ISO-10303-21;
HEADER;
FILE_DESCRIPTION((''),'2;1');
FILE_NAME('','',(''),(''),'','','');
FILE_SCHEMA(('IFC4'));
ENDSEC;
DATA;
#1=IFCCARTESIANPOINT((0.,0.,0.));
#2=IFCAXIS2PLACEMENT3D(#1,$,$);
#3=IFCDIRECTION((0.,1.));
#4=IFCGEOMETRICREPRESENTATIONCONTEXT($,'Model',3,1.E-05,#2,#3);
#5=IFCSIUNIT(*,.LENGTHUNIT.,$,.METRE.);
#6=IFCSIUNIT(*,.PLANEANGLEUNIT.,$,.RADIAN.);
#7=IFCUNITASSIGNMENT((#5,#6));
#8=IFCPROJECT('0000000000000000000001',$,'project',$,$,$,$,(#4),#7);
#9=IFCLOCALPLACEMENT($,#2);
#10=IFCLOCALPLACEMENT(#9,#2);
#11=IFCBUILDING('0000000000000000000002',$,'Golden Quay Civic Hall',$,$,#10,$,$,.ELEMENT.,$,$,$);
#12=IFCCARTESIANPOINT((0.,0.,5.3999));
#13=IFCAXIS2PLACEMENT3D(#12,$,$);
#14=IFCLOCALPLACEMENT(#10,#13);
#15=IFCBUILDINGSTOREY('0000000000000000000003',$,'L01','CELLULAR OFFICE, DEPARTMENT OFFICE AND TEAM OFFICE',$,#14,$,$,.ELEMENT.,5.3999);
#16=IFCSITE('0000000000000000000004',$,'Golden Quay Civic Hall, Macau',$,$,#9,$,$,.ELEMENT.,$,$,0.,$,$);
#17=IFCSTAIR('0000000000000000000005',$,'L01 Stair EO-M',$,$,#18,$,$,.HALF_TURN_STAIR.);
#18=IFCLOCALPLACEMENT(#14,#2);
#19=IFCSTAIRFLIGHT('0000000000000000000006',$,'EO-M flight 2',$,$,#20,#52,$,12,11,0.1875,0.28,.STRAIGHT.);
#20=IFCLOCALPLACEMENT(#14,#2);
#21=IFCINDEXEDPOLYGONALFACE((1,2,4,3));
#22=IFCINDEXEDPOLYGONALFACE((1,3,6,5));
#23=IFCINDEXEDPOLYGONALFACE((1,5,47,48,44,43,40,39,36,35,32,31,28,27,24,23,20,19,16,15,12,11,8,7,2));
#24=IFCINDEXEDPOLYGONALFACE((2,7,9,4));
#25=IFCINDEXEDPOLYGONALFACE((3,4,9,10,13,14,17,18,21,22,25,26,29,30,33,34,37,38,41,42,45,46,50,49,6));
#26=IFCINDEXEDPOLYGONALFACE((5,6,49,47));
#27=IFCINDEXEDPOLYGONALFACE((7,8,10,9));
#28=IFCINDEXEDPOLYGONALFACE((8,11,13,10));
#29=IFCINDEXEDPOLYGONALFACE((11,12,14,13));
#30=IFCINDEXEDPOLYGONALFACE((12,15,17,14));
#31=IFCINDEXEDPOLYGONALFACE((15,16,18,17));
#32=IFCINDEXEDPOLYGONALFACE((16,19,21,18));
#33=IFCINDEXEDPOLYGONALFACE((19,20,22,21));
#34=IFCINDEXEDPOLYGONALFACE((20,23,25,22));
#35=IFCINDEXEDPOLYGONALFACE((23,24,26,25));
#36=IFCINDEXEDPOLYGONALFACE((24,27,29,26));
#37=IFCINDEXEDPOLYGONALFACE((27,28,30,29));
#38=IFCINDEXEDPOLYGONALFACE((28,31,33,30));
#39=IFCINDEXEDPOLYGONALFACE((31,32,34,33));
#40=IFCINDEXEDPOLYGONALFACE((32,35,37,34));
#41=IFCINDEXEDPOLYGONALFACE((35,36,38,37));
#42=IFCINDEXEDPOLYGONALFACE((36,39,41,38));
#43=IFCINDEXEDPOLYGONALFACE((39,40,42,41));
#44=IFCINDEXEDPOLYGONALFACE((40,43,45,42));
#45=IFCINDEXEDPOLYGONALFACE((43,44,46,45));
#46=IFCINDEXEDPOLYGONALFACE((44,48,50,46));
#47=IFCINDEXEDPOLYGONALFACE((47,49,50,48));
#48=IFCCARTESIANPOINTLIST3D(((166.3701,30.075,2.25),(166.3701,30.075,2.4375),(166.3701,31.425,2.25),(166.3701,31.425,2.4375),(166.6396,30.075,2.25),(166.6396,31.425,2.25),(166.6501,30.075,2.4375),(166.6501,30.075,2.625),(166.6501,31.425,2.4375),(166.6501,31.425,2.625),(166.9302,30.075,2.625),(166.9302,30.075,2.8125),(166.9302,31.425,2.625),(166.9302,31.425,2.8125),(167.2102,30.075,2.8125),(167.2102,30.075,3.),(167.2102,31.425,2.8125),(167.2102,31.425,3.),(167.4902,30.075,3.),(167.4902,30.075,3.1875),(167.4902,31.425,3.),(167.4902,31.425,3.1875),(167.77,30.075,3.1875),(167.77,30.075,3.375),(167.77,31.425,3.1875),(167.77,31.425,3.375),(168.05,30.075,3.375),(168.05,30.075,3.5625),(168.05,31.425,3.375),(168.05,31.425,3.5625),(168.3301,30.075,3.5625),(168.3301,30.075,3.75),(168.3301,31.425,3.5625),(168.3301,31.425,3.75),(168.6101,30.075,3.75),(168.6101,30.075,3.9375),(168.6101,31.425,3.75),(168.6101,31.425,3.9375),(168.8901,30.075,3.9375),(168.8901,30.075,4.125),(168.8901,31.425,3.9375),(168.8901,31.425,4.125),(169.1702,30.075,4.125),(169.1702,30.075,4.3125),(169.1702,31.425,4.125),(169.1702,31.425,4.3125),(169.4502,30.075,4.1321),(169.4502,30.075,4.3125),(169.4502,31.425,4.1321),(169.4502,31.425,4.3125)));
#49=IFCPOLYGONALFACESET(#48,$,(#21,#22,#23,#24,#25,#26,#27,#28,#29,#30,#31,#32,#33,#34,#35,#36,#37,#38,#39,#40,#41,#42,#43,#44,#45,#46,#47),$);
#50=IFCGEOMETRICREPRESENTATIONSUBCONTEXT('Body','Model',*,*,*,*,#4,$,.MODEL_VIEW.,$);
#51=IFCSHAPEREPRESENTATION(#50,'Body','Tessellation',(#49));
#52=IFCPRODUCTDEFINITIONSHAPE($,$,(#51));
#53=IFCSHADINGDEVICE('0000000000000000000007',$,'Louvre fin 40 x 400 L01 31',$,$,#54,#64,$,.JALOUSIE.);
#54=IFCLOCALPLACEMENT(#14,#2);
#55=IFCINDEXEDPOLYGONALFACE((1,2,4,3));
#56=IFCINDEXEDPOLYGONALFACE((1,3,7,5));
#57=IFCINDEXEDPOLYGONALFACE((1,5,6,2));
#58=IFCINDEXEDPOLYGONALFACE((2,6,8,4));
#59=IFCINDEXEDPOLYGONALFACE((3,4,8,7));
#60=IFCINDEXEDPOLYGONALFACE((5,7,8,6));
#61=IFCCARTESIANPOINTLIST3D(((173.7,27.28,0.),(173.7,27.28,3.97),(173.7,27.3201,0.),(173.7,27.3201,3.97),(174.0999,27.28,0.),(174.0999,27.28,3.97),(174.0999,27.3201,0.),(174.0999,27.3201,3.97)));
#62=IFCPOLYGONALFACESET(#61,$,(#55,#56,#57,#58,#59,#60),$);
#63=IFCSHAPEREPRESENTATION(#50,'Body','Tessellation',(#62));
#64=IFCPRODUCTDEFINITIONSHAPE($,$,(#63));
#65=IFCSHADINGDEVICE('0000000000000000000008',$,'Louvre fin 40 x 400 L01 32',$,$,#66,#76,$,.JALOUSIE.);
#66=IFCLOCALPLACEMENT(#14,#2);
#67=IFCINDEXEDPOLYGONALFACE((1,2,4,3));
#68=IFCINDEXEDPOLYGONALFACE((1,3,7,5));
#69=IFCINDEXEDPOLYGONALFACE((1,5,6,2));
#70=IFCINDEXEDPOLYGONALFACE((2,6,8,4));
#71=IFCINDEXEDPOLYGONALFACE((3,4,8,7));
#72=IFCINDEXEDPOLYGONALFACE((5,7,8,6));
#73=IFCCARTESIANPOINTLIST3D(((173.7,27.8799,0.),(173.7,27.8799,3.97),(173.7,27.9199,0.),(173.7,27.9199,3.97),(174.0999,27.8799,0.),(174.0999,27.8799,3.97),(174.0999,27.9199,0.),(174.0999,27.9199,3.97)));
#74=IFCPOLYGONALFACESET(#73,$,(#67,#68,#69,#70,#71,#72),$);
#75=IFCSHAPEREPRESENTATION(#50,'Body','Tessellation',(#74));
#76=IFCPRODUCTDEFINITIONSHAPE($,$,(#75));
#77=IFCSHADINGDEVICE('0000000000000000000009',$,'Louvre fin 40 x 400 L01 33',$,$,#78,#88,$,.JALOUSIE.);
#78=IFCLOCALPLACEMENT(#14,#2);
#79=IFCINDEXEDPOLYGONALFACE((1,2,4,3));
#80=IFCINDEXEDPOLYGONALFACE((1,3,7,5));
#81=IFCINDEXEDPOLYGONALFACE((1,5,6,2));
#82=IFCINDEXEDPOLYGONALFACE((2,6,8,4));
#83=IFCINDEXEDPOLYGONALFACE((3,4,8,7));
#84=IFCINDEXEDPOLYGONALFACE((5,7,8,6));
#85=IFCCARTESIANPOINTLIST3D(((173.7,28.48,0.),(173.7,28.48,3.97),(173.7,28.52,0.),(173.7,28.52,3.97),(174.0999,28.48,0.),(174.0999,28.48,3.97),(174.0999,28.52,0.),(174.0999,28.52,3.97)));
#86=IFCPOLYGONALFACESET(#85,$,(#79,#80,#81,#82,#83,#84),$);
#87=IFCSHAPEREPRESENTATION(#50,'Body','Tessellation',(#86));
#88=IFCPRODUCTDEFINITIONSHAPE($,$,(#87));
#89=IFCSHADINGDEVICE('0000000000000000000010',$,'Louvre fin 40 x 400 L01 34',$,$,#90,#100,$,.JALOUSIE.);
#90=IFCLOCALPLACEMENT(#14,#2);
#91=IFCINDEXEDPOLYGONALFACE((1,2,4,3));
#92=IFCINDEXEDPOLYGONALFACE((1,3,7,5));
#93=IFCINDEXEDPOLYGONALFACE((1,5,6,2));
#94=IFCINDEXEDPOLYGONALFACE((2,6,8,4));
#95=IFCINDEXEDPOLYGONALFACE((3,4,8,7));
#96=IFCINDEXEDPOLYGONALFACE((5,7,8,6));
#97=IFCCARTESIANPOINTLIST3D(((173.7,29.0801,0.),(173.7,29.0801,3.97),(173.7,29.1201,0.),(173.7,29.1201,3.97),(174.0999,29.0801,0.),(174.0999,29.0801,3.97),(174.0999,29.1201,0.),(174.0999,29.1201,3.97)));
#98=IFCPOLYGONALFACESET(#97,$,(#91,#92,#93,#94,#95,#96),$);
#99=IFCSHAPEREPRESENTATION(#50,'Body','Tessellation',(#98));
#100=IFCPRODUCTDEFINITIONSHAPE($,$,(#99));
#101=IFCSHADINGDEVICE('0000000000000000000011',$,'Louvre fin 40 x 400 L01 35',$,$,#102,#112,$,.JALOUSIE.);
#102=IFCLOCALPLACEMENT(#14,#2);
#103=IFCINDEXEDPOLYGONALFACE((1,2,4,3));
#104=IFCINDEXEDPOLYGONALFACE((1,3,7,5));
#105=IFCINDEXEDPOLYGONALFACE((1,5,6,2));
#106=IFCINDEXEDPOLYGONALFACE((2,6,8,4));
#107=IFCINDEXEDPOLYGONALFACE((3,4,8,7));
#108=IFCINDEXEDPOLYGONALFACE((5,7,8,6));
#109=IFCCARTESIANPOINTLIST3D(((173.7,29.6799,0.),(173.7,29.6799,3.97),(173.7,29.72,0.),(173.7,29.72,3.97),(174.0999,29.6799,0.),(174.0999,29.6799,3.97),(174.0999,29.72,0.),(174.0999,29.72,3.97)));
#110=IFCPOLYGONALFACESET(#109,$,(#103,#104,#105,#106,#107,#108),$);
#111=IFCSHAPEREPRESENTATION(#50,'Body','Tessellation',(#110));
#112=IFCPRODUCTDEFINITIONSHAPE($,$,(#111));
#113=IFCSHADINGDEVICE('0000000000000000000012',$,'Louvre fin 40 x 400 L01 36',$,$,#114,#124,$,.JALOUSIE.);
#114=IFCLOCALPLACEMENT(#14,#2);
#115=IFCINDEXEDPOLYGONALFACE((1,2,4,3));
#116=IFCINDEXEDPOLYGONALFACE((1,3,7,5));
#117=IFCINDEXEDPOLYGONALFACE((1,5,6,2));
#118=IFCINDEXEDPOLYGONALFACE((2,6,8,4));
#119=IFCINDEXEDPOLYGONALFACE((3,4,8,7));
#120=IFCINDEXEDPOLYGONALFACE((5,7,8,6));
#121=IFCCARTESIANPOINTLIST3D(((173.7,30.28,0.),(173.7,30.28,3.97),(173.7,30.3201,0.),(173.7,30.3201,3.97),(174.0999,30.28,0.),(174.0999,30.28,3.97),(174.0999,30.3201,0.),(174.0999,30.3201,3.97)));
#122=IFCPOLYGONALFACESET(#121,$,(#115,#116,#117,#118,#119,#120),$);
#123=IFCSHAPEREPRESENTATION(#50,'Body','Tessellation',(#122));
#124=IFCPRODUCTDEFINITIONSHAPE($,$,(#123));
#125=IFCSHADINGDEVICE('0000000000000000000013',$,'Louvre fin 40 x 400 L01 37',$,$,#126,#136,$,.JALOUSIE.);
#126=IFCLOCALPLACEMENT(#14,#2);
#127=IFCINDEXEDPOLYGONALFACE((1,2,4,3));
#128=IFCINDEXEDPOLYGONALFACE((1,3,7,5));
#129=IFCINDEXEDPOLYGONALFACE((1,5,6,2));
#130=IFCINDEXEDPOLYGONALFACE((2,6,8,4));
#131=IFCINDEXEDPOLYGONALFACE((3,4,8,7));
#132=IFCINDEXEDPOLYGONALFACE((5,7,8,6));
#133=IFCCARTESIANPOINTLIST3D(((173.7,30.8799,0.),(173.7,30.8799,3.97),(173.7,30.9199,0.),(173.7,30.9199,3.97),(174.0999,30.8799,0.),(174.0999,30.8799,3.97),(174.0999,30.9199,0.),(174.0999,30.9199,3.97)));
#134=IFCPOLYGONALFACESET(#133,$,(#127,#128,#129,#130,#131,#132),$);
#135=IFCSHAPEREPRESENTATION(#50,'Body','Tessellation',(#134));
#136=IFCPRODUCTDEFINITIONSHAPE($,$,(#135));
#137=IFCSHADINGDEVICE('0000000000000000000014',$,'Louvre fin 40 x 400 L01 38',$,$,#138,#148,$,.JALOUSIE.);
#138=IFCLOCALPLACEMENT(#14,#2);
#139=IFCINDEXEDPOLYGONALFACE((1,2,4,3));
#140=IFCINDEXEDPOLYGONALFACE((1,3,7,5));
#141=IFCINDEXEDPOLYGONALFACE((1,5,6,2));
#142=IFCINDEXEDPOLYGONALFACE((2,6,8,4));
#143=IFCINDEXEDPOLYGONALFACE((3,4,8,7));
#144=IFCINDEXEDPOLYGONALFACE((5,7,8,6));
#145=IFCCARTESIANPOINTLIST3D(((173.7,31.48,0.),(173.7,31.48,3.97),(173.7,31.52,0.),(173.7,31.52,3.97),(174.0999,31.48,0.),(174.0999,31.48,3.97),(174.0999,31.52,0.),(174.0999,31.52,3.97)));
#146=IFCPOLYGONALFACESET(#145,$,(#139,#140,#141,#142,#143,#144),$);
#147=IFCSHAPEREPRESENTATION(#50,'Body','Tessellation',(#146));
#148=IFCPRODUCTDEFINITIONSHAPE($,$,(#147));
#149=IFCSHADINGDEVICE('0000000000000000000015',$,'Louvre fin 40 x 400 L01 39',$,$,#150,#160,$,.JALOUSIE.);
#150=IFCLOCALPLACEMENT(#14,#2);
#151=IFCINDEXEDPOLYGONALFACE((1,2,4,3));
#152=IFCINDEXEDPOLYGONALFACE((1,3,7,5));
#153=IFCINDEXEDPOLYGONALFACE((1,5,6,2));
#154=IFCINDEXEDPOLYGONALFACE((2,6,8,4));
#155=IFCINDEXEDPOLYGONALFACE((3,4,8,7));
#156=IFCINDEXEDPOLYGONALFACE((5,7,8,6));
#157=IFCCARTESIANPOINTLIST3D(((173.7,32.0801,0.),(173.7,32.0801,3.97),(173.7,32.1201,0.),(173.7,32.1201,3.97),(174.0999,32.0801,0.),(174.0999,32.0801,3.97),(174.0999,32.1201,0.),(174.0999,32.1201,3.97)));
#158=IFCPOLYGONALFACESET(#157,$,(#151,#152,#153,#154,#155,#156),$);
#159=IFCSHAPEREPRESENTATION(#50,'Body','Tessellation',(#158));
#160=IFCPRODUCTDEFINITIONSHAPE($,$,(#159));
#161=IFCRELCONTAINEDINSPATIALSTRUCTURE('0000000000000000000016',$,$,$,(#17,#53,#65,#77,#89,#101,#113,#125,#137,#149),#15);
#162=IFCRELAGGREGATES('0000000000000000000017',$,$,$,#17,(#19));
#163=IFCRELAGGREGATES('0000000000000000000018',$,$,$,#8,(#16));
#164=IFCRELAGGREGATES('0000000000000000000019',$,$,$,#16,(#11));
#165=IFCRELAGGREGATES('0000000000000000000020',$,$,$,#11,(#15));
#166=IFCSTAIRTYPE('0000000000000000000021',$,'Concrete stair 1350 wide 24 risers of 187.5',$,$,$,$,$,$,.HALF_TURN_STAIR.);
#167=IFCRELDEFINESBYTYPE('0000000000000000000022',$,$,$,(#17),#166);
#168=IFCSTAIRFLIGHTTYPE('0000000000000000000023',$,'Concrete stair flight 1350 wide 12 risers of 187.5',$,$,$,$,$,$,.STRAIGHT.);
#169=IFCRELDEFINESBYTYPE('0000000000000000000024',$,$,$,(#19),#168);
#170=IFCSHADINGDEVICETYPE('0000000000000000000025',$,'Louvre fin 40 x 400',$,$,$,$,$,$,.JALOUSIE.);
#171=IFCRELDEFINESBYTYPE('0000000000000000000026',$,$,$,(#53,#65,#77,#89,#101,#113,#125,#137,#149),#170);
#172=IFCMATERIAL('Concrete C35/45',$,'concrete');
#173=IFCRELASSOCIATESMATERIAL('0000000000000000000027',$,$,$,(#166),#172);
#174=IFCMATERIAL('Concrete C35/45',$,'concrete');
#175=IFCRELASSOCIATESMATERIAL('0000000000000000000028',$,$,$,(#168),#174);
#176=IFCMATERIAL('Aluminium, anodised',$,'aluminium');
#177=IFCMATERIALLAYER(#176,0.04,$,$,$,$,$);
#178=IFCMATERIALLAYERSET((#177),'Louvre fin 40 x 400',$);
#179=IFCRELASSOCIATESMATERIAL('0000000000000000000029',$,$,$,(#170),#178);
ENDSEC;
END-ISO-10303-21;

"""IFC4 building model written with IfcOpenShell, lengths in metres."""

from ifc_helpers import new_model, si_unit, direction, frame, origin, origin_2d, place, context, subcontext, project, spatial, polyline, rectangle, outline, extrude, material, layer, layer_set, type_object, element, aggregate, save


model = new_model("IFC4")

# Units and contexts
model_context = context("Model", 3, precision=1e-05, world=origin(), true_north=direction((0.0, 1.0)))
body_context = subcontext(model_context, "Body", "Model", "MODEL_VIEW")
ifc_project = project(units=[si_unit("LENGTHUNIT", "METRE"), si_unit("PLANEANGLEUNIT", "RADIAN")], contexts=[model_context])

# Site, building, storey
site_placement = place(None, origin())
site = spatial("IfcSite", under=ifc_project, at=site_placement, Name="Golden Quay Civic Hall, Macau", CompositionType="ELEMENT", RefElevation=0.0)
building_placement = place(site_placement, origin())
building = spatial("IfcBuilding", under=site, at=building_placement, Name="Golden Quay Civic Hall", CompositionType="ELEMENT")
storey_placement = place(building_placement, frame((0.0, 0.0, 5.3999)))
storey = spatial("IfcBuildingStorey", under=building, at=storey_placement, Name="L01", Description="CELLULAR OFFICE, DEPARTMENT OFFICE AND TEAM OFFICE", CompositionType="ELEMENT", Elevation=5.3999)

# Stair, stair flight
ifc_material_1 = material(Name="Concrete C35/45", Category="concrete")
stair_type = type_object("IfcStairType", Name="Concrete stair 1350 wide 24 risers of 187.5", PredefinedType="HALF_TURN_STAIR", material=ifc_material_1)
stair_placement = place(storey_placement, origin())
stair = element("IfcStair", 1, at=stair_placement, inside=storey, type_object=stair_type, Name="L01 Stair EO-M", PredefinedType="HALF_TURN_STAIR")
ifc_material_2 = material(Name="Concrete C35/45", Category="concrete")
stair_flight_type = type_object("IfcStairFlightType", Name="Concrete stair flight 1350 wide 12 risers of 187.5", PredefinedType="STRAIGHT", material=ifc_material_2)
stair_flight_placement = place(storey_placement, frame((166.3701, 30.75, 2.25), z_axis=(0.0, 0.0, 1.0), x_axis=(1.0, 0.0, 0.0)))
stair_flight = element("IfcStairFlight", 2, at=stair_flight_placement, type_object=stair_flight_type, Name="EO-M flight 2", NumberOfRisers=12, NumberOfTreads=11, PredefinedType="STRAIGHT", RiserHeight=0.1875, TreadLength=0.28, context=body_context, shape_type="SweptSolid", body=[
    extrude(outline(polyline([(0.0, 0.0), (0.0, 0.1875), (0.28, 0.1875), (0.28, 0.375), (0.5601, 0.375), (0.5601, 0.5625), (0.8401, 0.5625), (0.8401, 0.75), (1.1201, 0.75), (1.1201, 0.9375), (1.3999, 0.9375), (1.3999, 1.125), (1.6799, 1.125), (1.6799, 1.3125), (1.96, 1.3125), (1.96, 1.5), (2.24, 1.5), (2.24, 1.6875), (2.52, 1.6875), (2.52, 1.875), (2.8, 1.875), (2.8, 2.0625), (3.0801, 2.0625), (3.0801, 2.25), (3.0801, 1.8821), (0.2695, 0.0), (0.0, 0.0)])), frame((0.0, 0.675, 0.0), z_axis=(0.0, -1.0, 0.0), x_axis=(1.0, 0.0, 0.0)), (0.0, 0.0, 1.0), 1.35),
])
aggregate(stair, [stair_flight])

# Shading devices
ifc_material_3 = material(Name="Aluminium, anodised", Category="aluminium")
ifc_layer_1 = layer(ifc_material_3, 0.04)
ifc_layer_set_1 = layer_set([ifc_layer_1], Name="Louvre fin 40 x 400")
shading_device_type = type_object("IfcShadingDeviceType", Name="Louvre fin 40 x 400", PredefinedType="JALOUSIE", material=ifc_layer_set_1)
for number, where, z_axis, x_axis, name in (
    (3, (173.8999, 27.3, 0.0), (0.0, 0.0, 1.0), (0.0, 1.0, 0.0), "Louvre fin 40 x 400 L01 31"),
    (4, (173.8999, 27.8999, 0.0), (0.0, 0.0, 1.0), (0.0, 1.0, 0.0), "Louvre fin 40 x 400 L01 32"),
    (5, (173.8999, 28.5, 0.0), (0.0, 0.0, 1.0), (0.0, 1.0, 0.0), "Louvre fin 40 x 400 L01 33"),
    (6, (173.8999, 29.1001, 0.0), (0.0, 0.0, 1.0), (0.0, 1.0, 0.0), "Louvre fin 40 x 400 L01 34"),
    (7, (173.8999, 29.7, 0.0), (0.0, 0.0, 1.0), (0.0, 1.0, 0.0), "Louvre fin 40 x 400 L01 35"),
    (8, (173.8999, 30.3, 0.0), (0.0, 0.0, 1.0), (0.0, 1.0, 0.0), "Louvre fin 40 x 400 L01 36"),
    (9, (173.8999, 30.8999, 0.0), (0.0, 0.0, 1.0), (0.0, 1.0, 0.0), "Louvre fin 40 x 400 L01 37"),
    (10, (173.8999, 31.5, 0.0), (0.0, 0.0, 1.0), (0.0, 1.0, 0.0), "Louvre fin 40 x 400 L01 38"),
    (11, (173.8999, 32.1001, 0.0), (0.0, 0.0, 1.0), (0.0, 1.0, 0.0), "Louvre fin 40 x 400 L01 39"),
):
    element("IfcShadingDevice", number, at=place(storey_placement, frame(where, z_axis=z_axis, x_axis=x_axis)), inside=storey, type_object=shading_device_type, Name=name, PredefinedType="JALOUSIE", context=body_context, shape_type="SweptSolid", body=[
        extrude(rectangle(XDim=0.04, YDim=0.3999, at=origin_2d()), origin(), (0.0, 0.0, 1.0), 3.97),
    ])

save(model, "model.ifc")
